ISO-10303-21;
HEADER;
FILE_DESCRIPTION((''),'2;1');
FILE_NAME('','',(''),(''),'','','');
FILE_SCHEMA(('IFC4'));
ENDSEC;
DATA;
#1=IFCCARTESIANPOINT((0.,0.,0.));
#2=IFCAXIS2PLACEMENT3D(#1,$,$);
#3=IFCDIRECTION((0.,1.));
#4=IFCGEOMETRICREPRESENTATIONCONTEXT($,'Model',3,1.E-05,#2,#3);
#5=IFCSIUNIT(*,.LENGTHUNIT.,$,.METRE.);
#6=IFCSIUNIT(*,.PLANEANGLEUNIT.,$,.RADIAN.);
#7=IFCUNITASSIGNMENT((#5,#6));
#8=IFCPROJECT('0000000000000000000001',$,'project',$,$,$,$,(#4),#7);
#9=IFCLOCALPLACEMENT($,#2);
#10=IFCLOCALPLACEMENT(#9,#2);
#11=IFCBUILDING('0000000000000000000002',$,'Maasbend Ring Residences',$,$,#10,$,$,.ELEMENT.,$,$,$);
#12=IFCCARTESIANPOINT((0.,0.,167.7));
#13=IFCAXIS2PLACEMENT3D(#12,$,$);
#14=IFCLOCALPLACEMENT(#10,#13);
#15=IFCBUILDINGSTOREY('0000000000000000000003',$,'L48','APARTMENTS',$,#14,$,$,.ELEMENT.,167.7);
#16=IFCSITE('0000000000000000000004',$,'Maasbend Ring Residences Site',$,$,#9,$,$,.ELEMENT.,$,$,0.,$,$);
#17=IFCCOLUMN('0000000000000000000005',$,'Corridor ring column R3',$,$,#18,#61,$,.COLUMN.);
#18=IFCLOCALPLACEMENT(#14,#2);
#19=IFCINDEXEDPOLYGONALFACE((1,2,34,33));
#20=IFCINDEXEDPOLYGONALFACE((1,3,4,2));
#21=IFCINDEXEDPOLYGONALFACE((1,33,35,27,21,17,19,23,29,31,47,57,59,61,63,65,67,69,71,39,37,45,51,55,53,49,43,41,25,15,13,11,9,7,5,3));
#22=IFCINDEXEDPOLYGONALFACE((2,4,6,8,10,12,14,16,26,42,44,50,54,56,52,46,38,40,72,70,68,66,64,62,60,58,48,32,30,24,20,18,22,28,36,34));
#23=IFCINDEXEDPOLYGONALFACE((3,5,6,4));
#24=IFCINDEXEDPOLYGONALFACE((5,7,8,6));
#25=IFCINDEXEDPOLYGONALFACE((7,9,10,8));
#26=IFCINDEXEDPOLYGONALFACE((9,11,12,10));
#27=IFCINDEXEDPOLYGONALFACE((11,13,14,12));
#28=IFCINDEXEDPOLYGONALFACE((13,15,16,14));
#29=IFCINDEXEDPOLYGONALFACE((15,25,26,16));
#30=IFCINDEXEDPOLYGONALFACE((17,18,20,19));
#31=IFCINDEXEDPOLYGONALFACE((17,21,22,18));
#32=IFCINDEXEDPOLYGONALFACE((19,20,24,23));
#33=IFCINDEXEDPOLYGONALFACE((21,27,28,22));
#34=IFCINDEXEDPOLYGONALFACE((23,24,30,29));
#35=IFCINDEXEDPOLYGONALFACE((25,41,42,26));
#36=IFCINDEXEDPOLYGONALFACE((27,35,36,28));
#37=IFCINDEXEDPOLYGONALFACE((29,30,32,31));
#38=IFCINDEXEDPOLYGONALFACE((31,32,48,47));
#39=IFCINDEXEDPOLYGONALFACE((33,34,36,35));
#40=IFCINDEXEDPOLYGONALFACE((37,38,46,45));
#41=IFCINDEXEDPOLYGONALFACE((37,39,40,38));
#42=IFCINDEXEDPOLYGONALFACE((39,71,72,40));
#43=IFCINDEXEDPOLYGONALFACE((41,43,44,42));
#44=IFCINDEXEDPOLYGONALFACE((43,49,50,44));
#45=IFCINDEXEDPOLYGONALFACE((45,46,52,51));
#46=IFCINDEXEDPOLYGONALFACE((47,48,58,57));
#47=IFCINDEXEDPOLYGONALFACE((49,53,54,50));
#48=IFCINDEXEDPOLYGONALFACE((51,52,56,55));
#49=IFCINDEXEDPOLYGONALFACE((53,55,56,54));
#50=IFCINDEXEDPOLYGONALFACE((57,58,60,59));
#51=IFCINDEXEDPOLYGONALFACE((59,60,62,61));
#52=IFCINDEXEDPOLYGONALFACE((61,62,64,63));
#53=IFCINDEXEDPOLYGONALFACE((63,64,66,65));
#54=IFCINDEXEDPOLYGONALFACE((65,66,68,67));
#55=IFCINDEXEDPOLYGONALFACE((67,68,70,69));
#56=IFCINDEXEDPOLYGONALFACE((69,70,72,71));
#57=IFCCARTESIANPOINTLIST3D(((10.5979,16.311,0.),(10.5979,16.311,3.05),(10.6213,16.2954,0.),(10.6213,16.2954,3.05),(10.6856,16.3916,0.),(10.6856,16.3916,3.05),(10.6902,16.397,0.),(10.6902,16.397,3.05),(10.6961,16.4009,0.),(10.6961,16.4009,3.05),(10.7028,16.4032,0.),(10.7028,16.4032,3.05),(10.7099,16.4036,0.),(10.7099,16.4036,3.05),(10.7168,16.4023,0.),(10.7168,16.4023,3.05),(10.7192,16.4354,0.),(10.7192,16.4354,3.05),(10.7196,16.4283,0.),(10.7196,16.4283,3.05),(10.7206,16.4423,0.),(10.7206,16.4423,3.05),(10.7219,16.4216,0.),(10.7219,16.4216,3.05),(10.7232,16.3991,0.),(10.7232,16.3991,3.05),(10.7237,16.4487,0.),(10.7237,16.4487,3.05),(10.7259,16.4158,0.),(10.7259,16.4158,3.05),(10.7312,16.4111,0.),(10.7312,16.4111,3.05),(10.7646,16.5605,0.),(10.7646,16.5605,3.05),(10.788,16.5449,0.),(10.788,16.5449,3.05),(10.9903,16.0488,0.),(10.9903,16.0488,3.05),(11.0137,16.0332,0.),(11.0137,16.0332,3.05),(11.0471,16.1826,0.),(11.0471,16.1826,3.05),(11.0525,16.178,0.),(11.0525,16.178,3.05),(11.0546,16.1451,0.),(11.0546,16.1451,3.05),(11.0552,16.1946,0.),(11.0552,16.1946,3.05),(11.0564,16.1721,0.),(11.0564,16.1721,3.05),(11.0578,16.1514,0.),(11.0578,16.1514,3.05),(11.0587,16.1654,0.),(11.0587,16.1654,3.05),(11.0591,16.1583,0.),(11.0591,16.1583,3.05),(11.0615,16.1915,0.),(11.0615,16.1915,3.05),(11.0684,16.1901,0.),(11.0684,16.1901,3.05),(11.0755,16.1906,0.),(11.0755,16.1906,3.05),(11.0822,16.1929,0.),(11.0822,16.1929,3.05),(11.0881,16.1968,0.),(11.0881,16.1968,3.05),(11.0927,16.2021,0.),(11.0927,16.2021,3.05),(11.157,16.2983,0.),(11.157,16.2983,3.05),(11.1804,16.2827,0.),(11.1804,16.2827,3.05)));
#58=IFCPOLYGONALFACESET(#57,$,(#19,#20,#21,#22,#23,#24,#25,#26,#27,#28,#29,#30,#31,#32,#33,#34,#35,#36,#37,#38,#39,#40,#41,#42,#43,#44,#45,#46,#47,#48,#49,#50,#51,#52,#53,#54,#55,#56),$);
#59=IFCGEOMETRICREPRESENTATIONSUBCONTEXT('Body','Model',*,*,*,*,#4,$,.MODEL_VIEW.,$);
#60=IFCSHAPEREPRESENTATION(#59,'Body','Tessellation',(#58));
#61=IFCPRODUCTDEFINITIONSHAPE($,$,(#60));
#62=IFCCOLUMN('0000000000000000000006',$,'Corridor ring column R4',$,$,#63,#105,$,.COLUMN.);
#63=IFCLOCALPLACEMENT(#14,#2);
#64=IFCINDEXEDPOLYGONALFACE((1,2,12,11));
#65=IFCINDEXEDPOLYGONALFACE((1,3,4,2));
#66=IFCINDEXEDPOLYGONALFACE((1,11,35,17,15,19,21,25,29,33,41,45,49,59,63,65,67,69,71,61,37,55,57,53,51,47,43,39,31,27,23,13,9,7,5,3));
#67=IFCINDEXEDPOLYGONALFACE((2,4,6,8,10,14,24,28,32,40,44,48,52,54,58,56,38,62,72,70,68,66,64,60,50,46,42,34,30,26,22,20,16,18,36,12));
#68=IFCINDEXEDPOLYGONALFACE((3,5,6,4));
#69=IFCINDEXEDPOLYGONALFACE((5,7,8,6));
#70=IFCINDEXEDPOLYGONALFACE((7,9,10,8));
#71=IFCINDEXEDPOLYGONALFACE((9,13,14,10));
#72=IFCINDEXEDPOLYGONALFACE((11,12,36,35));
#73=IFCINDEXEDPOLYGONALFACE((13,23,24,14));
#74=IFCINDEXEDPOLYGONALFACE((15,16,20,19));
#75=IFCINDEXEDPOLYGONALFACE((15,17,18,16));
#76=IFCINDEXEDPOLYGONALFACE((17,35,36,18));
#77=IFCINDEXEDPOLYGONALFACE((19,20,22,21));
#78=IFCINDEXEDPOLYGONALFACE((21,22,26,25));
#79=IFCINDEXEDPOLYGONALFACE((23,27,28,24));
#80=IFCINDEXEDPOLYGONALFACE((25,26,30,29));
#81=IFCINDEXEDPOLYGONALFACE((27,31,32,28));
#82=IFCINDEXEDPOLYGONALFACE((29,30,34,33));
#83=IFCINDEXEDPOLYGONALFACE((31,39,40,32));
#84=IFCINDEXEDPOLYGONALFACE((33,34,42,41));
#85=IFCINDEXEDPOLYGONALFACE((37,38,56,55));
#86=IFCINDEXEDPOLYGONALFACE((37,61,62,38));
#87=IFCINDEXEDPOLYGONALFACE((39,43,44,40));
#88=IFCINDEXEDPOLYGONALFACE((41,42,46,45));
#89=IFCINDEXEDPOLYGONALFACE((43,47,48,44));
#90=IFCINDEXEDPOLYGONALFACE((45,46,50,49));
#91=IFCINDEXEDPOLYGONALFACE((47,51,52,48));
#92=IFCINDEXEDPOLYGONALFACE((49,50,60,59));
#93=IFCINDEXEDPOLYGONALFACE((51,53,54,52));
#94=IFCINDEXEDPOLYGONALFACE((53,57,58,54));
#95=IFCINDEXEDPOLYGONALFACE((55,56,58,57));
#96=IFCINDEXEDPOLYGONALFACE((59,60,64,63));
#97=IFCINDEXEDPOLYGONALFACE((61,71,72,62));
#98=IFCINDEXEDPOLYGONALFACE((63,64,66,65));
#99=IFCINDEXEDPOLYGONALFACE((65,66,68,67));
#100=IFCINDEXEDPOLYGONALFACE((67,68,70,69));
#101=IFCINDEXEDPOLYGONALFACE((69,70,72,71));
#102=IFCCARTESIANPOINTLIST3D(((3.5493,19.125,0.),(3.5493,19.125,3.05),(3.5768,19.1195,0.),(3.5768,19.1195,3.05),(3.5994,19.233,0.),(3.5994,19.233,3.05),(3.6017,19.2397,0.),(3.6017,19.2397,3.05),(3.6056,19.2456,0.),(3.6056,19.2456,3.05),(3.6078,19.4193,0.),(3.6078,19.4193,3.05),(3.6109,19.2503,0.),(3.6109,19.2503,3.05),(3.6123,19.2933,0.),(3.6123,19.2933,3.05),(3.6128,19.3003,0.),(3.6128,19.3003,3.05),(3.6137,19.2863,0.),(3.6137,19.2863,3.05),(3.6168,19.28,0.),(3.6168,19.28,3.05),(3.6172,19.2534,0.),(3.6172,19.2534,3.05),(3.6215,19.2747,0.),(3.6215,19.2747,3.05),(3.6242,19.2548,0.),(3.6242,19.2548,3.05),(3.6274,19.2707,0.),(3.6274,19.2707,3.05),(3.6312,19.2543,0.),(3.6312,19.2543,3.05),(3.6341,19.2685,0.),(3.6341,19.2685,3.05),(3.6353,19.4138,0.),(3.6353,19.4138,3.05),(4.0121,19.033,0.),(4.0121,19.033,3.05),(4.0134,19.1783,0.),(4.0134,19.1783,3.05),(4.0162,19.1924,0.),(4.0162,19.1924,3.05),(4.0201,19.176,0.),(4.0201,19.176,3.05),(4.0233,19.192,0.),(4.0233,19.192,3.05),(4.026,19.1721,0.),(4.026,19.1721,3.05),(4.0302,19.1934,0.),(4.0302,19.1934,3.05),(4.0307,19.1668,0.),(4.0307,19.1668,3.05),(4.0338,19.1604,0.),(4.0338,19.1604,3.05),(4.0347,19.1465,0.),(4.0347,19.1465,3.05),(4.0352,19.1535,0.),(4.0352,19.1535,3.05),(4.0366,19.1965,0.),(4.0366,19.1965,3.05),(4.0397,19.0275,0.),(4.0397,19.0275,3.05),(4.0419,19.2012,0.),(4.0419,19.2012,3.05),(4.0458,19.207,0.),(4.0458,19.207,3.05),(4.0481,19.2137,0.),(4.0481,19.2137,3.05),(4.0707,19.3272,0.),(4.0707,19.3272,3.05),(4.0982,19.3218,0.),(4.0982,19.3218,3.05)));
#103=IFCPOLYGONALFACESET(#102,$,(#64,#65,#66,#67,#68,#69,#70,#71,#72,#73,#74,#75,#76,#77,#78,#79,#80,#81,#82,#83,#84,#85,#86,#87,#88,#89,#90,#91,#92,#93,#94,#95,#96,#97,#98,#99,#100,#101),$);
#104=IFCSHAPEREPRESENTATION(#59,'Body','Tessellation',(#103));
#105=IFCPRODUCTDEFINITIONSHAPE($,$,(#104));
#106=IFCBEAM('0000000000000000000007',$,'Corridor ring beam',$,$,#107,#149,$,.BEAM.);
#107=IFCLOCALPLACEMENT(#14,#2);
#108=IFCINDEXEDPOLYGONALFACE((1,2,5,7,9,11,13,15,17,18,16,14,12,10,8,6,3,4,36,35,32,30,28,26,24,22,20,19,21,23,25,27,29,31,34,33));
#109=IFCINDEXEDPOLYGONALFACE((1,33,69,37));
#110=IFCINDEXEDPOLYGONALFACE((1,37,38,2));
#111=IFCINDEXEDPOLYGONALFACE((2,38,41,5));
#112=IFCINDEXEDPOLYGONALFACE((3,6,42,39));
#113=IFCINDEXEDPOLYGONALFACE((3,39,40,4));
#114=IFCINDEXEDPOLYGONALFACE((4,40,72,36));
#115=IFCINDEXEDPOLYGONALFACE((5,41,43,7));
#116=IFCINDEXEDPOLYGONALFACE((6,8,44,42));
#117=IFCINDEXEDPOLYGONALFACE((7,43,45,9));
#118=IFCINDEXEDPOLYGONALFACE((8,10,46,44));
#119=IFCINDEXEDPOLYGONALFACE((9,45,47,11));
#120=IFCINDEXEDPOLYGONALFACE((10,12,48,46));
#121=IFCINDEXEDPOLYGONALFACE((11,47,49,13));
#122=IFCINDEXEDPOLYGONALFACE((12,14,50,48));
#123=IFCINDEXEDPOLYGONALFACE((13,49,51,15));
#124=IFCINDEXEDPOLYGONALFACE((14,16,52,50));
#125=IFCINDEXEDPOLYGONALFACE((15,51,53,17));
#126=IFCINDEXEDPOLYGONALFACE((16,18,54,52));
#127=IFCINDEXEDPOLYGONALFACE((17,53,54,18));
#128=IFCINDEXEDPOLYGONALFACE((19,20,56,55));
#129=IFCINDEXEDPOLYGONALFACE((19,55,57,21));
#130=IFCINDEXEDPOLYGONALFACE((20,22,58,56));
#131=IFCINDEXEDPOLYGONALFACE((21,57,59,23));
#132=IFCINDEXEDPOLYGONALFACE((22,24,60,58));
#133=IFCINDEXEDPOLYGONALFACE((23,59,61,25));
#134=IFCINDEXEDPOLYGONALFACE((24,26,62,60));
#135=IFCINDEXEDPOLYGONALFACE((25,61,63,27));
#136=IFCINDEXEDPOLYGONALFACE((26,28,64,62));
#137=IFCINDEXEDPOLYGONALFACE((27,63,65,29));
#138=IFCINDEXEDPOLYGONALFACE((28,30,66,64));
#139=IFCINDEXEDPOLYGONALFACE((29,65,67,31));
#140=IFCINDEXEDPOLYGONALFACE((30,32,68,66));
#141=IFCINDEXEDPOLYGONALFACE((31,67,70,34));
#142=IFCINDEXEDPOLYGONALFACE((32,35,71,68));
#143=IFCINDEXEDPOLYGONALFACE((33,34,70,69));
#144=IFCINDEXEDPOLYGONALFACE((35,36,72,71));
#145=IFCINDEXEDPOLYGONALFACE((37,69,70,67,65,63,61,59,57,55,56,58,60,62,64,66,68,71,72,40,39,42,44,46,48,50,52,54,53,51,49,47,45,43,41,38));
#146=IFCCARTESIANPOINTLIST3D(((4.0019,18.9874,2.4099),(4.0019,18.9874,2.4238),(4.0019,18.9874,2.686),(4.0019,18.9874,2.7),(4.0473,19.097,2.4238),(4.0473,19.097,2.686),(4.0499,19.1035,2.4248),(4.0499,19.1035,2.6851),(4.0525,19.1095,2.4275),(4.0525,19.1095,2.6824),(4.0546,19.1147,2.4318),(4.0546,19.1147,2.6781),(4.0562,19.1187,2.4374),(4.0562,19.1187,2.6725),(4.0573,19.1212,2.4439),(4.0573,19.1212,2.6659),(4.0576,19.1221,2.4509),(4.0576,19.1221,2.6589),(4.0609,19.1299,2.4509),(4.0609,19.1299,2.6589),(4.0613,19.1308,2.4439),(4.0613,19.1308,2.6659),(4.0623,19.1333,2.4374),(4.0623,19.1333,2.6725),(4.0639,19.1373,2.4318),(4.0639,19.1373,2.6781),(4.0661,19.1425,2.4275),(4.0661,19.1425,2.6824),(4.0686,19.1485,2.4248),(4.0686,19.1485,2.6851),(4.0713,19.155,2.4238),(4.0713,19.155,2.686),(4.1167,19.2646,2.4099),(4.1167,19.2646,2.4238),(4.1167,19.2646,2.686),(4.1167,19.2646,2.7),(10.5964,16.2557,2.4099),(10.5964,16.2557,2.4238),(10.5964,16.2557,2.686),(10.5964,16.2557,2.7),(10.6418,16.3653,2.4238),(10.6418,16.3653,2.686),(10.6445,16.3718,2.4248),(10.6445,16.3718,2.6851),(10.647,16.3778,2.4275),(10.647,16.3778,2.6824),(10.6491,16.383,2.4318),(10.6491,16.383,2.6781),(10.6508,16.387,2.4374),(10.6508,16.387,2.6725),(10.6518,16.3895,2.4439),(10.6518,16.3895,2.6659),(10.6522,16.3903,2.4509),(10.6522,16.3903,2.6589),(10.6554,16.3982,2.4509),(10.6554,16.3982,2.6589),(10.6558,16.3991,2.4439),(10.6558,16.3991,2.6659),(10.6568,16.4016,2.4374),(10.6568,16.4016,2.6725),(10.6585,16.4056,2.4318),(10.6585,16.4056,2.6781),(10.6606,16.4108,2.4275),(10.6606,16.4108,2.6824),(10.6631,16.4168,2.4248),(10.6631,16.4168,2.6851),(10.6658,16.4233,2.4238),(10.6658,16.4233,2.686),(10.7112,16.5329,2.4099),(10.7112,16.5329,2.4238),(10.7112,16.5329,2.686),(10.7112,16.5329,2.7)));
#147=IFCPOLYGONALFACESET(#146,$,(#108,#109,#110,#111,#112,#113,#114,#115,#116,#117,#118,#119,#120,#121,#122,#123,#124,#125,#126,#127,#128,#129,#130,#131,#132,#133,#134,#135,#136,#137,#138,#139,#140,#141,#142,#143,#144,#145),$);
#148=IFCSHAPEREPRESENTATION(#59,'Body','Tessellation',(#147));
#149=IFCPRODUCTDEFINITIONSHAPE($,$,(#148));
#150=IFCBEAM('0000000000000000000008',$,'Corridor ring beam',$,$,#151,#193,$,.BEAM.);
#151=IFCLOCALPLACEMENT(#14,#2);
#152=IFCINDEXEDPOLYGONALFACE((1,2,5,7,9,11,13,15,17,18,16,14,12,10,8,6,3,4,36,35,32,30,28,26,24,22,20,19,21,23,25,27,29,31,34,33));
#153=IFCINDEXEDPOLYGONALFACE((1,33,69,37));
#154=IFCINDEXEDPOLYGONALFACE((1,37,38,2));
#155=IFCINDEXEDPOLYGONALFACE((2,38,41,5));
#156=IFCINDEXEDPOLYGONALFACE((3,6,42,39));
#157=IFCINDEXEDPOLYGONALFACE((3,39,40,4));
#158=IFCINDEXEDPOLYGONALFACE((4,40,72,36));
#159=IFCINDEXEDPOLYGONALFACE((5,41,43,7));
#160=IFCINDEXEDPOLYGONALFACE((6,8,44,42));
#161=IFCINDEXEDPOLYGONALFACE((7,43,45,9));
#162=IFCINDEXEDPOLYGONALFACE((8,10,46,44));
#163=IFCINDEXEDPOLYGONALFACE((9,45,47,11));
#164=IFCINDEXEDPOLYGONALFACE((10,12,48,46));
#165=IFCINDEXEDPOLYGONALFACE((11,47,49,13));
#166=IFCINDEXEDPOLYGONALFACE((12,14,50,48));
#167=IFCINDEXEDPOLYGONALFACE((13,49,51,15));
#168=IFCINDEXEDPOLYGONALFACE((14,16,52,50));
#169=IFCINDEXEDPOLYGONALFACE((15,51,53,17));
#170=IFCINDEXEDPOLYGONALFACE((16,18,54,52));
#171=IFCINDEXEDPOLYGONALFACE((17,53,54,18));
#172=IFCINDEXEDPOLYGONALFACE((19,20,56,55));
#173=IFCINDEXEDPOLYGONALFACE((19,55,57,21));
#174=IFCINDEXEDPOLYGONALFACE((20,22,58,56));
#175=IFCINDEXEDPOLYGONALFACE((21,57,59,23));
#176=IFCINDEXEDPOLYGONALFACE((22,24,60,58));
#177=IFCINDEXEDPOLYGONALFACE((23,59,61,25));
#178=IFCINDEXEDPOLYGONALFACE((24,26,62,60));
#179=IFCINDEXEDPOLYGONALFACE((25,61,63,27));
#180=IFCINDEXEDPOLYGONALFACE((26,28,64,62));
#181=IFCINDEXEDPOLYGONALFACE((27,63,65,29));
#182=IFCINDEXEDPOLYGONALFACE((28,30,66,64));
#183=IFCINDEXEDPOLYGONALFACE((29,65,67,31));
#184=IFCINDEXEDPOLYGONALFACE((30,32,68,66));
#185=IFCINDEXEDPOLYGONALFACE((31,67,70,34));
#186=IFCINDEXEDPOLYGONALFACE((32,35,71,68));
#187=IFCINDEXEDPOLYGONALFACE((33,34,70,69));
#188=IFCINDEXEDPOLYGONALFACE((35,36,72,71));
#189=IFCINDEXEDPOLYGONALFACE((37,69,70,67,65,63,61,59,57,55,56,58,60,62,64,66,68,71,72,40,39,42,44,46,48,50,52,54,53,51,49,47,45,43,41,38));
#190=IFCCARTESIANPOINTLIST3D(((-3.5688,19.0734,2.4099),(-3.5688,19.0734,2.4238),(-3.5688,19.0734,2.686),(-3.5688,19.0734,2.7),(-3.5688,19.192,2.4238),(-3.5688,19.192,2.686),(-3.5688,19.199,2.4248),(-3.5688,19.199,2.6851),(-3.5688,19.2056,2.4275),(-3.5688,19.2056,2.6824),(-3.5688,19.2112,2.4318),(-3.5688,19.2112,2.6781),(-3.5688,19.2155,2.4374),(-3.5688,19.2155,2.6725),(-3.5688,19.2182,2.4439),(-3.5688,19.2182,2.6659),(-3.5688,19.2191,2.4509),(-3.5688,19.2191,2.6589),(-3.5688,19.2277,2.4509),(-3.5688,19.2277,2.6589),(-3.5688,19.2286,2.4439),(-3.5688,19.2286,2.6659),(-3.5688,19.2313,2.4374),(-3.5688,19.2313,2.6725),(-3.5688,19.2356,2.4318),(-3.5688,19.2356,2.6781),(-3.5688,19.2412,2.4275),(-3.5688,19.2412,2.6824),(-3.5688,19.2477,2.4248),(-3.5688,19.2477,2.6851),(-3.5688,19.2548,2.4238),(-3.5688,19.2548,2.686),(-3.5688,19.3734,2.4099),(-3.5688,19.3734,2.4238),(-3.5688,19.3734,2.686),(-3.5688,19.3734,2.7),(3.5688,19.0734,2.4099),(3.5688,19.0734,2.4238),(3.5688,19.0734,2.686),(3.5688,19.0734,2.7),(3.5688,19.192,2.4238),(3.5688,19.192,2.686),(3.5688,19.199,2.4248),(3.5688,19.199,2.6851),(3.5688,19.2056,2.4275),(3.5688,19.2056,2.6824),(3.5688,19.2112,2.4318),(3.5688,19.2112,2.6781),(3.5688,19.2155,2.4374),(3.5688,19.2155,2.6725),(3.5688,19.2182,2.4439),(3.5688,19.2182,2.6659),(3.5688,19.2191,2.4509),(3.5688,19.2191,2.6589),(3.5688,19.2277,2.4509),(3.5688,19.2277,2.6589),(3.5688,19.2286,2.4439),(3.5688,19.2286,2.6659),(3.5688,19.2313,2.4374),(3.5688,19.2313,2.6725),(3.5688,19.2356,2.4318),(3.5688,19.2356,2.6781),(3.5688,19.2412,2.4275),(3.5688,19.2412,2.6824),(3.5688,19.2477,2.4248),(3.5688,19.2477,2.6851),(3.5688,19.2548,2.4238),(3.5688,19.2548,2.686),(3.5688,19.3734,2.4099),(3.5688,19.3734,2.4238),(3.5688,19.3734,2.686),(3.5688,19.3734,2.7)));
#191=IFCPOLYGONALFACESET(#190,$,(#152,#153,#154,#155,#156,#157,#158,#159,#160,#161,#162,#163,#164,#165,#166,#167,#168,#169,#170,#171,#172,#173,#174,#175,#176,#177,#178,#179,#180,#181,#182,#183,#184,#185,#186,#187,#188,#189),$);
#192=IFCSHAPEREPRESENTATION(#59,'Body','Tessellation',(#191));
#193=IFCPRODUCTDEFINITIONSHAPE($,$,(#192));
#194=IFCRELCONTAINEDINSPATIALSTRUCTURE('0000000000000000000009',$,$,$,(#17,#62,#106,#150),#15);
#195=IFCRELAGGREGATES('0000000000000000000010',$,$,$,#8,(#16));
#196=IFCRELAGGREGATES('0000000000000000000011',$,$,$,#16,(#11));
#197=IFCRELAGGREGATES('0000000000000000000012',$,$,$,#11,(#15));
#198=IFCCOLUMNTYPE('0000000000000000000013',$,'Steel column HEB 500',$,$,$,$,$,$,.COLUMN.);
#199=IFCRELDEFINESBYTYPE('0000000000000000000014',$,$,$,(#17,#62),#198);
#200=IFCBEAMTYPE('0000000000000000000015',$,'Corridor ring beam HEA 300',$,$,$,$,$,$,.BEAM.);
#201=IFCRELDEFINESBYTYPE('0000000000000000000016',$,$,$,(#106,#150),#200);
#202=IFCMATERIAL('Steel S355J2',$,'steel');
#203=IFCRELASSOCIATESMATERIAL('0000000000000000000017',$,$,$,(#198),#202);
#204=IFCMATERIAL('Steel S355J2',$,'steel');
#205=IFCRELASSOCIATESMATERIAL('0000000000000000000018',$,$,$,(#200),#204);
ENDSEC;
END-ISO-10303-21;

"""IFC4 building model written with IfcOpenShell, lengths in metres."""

from ifc_helpers import new_model, si_unit, direction, frame, origin, origin_2d, place, context, subcontext, project, spatial, i_section, extrude, material, material_profile, profile_set, type_object, element, save


model = new_model("IFC4")

# Units and contexts
model_context = context("Model", 3, precision=1e-05, world=origin(), true_north=direction((0.0, 1.0)))
body_context = subcontext(model_context, "Body", "Model", "MODEL_VIEW")
ifc_project = project(units=[si_unit("LENGTHUNIT", "METRE"), si_unit("PLANEANGLEUNIT", "RADIAN")], contexts=[model_context])

# Site, building, storey
site_placement = place(None, origin())
site = spatial("IfcSite", under=ifc_project, at=site_placement, Name="Maasbend Ring Residences Site", CompositionType="ELEMENT", RefElevation=0.0)
building_placement = place(site_placement, origin())
building = spatial("IfcBuilding", under=site, at=building_placement, Name="Maasbend Ring Residences", CompositionType="ELEMENT")
storey_placement = place(building_placement, frame((0.0, 0.0, 167.7)))
storey = spatial("IfcBuildingStorey", under=building, at=storey_placement, Name="L48", Description="APARTMENTS", CompositionType="ELEMENT", Elevation=167.7)

# Columns
ifc_material_1 = material(Name="Steel S355J2", Category="steel")
ifc_material_profile_1 = material_profile(ifc_material_1, i_section(OverallWidth=0.3, OverallDepth=0.5, WebThickness=0.0144, FlangeThickness=0.0281, FilletRadius=0.0271, at=origin_2d()), Name="HEB 500")
ifc_profile_set_1 = profile_set([ifc_material_profile_1], Name="Steel S355J2")
column_type = type_object("IfcColumnType", Name="Steel column HEB 500", PredefinedType="COLUMN", material=ifc_profile_set_1)
for number, where, z_axis, x_axis, name in (
    (1, (10.8892, 16.2969, 0.0), (0.0, 0.0, 1.0), (0.55557, 0.83147, 0.0), "Corridor ring column R3"),
    (2, (3.8237, 19.2234, 0.0), (0.0, 0.0, 1.0), (0.19509, 0.980785, 0.0), "Corridor ring column R4"),
):
    element("IfcColumn", number, at=place(storey_placement, frame(where, z_axis=z_axis, x_axis=x_axis)), inside=storey, type_object=column_type, Name=name, PredefinedType="COLUMN", context=body_context, shape_type="SweptSolid", body=[
        extrude(i_section(OverallWidth=0.3, OverallDepth=0.5, WebThickness=0.0144, FlangeThickness=0.0281, FilletRadius=0.0271, at=origin_2d()), origin(), (0.0, 0.0, 1.0), 3.05),
    ])

# Beams
ifc_material_2 = material(Name="Steel S355J2", Category="steel")
ifc_material_profile_2 = material_profile(ifc_material_2, i_section(OverallWidth=0.3, OverallDepth=0.29, WebThickness=0.0085, FlangeThickness=0.0139, FilletRadius=0.0271, at=origin_2d()), Name="HEA 300")
ifc_profile_set_2 = profile_set([ifc_material_profile_2], Name="Steel S355J2")
beam_type = type_object("IfcBeamType", Name="Corridor ring beam HEA 300", PredefinedType="BEAM", material=ifc_profile_set_2)
beam_1_placement = place(storey_placement, frame((10.6538, 16.3943, 2.5549), z_axis=(-0.923871, 0.382703, 0.0), x_axis=(-0.382703, -0.923871, 0.0)))
element("IfcBeam", 3, at=beam_1_placement, inside=storey, type_object=beam_type, Name="Corridor ring beam", PredefinedType="BEAM", context=body_context, shape_type="SweptSolid", body=[
    extrude(i_section(OverallWidth=0.3, OverallDepth=0.29, WebThickness=0.0085, FlangeThickness=0.0139, FilletRadius=0.0271, at=origin_2d()), origin(), (0.0, 0.0, 1.0), 7.1379),
])
beam_2_placement = place(storey_placement, frame((3.5688, 19.2234, 2.5549), z_axis=(-1.0, 0.0, 0.0), x_axis=(0.0, -1.0, 0.0)))
element("IfcBeam", 4, at=beam_2_placement, inside=storey, type_object=beam_type, Name="Corridor ring beam", PredefinedType="BEAM", context=body_context, shape_type="SweptSolid", body=[
    extrude(i_section(OverallWidth=0.3, OverallDepth=0.29, WebThickness=0.0085, FlangeThickness=0.0139, FilletRadius=0.0271, at=origin_2d()), origin(), (0.0, 0.0, 1.0), 7.1377),
])

save(model, "model.ifc")
